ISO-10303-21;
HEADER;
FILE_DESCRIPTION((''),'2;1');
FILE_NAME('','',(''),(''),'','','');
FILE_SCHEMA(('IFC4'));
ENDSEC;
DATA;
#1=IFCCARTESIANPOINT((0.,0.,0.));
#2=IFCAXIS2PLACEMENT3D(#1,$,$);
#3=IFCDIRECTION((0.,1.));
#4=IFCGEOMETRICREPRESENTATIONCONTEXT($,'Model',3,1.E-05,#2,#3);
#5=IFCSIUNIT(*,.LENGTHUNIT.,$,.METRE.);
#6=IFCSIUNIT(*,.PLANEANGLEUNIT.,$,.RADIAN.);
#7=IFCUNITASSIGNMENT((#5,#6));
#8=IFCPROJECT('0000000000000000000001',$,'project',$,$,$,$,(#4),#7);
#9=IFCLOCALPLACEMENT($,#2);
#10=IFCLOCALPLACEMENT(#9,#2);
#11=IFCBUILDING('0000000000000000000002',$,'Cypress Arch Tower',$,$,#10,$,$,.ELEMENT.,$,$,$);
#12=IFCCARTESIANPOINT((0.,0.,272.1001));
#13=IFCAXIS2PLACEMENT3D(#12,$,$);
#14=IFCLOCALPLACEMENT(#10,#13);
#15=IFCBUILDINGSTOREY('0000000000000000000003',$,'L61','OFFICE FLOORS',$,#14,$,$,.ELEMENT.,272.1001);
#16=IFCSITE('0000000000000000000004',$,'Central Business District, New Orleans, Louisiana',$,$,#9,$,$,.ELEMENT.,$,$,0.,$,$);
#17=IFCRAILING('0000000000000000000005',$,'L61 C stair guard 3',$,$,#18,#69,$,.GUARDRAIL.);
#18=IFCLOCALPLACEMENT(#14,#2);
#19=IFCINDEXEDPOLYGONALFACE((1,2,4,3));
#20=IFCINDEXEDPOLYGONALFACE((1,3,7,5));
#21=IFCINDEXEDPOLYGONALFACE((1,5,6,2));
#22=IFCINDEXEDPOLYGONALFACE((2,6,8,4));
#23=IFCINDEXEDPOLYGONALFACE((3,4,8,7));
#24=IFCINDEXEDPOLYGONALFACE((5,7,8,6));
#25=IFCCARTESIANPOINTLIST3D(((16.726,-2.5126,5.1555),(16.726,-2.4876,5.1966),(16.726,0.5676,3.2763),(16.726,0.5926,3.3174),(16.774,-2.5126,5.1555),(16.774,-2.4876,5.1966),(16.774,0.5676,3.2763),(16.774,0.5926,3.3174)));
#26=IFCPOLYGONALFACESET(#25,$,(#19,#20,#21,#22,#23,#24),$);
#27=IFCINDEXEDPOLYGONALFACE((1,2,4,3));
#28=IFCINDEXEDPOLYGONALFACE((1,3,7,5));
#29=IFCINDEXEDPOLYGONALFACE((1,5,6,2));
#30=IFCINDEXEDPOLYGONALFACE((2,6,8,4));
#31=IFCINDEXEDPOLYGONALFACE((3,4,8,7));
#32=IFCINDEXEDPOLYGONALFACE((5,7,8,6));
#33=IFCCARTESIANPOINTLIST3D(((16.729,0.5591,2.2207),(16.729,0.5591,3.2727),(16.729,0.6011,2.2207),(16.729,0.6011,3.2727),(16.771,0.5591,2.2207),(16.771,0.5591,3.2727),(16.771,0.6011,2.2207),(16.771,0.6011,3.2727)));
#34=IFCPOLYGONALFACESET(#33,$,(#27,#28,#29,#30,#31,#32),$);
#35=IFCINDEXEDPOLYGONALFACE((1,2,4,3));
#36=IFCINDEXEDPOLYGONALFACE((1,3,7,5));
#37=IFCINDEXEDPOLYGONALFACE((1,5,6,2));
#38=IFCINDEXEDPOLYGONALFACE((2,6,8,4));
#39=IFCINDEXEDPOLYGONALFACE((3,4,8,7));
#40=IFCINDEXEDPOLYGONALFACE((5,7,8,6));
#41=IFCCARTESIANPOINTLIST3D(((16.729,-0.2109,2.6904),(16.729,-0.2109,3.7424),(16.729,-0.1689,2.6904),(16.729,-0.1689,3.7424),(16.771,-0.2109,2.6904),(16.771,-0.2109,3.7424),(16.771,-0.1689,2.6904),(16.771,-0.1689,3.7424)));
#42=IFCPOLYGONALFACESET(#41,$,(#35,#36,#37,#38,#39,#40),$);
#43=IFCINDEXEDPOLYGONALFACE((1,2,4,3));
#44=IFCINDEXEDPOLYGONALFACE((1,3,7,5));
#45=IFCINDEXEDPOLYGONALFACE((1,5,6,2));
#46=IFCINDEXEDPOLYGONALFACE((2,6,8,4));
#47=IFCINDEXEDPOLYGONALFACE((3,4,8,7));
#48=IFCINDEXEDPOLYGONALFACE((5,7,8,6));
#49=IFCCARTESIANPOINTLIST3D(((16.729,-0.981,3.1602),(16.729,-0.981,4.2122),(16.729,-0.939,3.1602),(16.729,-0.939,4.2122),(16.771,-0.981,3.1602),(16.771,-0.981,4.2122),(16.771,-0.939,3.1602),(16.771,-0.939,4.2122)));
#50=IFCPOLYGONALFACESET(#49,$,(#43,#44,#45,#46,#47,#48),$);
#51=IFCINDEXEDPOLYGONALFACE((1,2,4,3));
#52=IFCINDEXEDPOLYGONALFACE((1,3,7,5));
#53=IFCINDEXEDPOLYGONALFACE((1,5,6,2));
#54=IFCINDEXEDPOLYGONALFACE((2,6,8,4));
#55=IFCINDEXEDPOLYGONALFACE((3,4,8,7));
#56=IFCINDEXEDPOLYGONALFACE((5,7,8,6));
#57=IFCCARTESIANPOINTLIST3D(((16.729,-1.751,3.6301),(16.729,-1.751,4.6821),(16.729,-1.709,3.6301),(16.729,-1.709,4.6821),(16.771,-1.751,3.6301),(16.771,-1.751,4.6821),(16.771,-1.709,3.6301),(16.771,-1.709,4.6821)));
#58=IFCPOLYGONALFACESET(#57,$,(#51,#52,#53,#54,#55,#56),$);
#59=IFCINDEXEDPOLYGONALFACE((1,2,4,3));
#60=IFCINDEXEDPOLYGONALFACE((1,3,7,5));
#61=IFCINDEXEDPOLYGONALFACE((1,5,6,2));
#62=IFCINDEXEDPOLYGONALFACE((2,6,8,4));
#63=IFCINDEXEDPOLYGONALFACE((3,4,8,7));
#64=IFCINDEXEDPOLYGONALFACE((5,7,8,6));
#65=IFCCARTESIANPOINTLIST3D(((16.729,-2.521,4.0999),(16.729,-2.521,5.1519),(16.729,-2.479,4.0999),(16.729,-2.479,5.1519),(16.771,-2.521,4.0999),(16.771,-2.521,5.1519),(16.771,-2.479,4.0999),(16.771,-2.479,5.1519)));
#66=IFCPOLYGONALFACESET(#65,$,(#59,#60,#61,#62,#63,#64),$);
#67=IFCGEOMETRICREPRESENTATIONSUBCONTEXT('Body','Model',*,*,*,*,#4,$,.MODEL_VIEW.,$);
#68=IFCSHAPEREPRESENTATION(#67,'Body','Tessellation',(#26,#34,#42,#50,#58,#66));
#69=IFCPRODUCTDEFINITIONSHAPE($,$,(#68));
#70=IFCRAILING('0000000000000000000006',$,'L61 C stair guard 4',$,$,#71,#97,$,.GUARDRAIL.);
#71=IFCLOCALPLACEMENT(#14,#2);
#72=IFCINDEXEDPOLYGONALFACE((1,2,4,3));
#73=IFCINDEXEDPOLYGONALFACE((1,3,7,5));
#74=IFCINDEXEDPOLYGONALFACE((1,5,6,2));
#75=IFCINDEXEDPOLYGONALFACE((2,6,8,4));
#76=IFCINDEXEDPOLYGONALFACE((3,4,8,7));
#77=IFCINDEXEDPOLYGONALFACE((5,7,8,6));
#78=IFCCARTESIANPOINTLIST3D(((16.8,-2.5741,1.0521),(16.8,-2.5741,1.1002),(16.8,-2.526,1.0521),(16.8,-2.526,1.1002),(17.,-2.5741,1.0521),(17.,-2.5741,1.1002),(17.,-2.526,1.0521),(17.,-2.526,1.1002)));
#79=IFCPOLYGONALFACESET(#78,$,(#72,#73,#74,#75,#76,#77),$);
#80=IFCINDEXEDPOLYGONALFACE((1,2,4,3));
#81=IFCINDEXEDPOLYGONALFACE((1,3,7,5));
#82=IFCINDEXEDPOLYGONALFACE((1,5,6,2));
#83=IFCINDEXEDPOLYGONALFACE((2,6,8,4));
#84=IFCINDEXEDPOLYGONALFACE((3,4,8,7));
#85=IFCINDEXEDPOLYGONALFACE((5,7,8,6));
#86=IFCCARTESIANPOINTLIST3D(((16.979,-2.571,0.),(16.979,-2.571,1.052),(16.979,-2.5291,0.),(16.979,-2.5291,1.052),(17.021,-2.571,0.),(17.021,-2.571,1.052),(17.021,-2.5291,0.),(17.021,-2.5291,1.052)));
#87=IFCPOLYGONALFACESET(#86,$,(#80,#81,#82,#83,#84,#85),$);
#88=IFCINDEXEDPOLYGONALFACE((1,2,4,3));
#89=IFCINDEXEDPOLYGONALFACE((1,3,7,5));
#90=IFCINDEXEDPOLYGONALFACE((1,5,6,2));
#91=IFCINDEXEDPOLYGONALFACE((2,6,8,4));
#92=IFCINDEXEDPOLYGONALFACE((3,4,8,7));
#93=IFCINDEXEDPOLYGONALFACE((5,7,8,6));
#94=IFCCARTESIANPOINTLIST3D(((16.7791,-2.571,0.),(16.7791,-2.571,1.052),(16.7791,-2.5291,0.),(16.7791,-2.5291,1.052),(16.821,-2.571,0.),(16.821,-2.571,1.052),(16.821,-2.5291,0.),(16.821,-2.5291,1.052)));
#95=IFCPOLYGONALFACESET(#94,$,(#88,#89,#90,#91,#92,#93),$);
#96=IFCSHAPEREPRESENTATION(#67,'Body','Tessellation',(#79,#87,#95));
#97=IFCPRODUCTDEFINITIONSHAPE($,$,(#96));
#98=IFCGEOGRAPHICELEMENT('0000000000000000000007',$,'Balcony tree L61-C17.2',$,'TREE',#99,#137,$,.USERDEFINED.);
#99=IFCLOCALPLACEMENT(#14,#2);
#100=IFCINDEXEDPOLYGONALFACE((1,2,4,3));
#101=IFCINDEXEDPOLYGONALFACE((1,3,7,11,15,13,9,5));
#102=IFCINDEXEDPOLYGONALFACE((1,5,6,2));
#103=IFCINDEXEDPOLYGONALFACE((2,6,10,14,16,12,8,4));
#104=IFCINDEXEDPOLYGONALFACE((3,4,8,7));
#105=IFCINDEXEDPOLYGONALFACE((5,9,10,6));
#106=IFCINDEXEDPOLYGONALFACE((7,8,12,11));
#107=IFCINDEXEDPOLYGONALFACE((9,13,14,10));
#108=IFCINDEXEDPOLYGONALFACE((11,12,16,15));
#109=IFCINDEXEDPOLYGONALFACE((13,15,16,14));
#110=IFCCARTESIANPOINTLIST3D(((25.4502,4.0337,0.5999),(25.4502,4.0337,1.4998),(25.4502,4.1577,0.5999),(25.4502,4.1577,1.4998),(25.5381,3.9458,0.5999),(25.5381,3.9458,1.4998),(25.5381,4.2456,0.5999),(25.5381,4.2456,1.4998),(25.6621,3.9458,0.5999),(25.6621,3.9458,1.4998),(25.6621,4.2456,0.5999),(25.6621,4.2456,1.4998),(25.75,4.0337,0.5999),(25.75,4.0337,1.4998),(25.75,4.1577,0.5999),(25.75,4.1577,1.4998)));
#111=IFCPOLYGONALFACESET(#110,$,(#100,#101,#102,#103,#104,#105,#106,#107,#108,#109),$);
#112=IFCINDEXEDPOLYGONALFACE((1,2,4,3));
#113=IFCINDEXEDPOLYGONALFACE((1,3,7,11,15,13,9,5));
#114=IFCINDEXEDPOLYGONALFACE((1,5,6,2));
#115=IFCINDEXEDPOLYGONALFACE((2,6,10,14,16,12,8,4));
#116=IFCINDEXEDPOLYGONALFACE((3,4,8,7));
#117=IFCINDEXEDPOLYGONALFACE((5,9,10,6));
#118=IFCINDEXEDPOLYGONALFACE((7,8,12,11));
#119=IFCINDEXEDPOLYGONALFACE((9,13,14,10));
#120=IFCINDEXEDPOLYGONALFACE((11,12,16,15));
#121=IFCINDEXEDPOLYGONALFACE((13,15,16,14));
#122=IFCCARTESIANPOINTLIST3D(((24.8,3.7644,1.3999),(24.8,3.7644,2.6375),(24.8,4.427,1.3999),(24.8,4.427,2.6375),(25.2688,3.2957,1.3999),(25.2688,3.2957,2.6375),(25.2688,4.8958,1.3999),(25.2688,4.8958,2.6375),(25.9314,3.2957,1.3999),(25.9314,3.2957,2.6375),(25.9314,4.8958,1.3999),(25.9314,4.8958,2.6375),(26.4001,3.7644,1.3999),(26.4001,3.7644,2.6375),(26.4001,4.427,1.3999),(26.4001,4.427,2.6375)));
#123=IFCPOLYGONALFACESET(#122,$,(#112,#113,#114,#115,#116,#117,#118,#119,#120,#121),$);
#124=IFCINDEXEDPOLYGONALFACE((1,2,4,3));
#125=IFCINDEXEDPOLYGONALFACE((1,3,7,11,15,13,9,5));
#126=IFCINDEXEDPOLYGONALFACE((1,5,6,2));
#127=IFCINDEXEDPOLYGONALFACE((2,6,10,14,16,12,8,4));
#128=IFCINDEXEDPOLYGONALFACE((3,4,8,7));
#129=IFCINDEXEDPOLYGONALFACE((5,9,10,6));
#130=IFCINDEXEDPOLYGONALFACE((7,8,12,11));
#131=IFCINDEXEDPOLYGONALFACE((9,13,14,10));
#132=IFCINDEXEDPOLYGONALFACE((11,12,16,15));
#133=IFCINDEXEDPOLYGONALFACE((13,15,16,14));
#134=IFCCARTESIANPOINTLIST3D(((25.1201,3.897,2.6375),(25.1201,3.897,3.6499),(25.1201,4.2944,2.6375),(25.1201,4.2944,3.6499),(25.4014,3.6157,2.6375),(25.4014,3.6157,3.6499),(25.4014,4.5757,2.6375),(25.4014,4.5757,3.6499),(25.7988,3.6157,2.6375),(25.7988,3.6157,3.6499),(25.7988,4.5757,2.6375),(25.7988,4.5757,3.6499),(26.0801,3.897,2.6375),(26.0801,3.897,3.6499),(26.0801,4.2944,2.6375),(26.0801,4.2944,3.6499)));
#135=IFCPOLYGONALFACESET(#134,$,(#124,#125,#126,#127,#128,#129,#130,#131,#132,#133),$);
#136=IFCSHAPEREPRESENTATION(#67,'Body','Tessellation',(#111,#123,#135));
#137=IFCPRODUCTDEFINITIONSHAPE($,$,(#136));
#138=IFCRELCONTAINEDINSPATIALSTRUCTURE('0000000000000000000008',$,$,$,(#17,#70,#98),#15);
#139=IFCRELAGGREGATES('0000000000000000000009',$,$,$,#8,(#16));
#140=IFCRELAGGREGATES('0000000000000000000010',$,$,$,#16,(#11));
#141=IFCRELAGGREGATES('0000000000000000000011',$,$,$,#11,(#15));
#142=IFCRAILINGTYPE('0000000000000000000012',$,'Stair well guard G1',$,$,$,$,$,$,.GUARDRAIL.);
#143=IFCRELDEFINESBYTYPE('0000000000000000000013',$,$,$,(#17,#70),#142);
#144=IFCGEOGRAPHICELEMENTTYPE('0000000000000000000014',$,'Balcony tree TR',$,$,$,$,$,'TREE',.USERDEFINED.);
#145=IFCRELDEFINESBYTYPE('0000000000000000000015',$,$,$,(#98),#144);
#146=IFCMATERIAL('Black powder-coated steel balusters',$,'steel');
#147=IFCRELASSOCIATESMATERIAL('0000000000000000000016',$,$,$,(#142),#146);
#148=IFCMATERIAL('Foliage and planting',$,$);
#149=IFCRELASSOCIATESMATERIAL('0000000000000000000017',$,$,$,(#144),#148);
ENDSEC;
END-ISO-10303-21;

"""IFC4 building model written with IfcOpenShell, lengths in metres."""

from ifc_helpers import new_model, si_unit, direction, frame, origin, origin_2d, place, context, subcontext, project, spatial, polyline, rectangle, outline, extrude, material, type_object, element, save


model = new_model("IFC4")

# Units and contexts
model_context = context("Model", 3, precision=1e-05, world=origin(), true_north=direction((0.0, 1.0)))
body_context = subcontext(model_context, "Body", "Model", "MODEL_VIEW")
ifc_project = project(units=[si_unit("LENGTHUNIT", "METRE"), si_unit("PLANEANGLEUNIT", "RADIAN")], contexts=[model_context])

# Site, building, storey
site_placement = place(None, origin())
site = spatial("IfcSite", under=ifc_project, at=site_placement, Name="Central Business District, New Orleans, Louisiana", CompositionType="ELEMENT", RefElevation=0.0)
building_placement = place(site_placement, origin())
building = spatial("IfcBuilding", under=site, at=building_placement, Name="Cypress Arch Tower", CompositionType="ELEMENT")
storey_placement = place(building_placement, frame((0.0, 0.0, 272.1001)))
storey = spatial("IfcBuildingStorey", under=building, at=storey_placement, Name="L61", Description="OFFICE FLOORS", CompositionType="ELEMENT", Elevation=272.1001)

# Railings
ifc_material_1 = material(Name="Black powder-coated steel balusters", Category="steel")
railing_type_1 = type_object("IfcRailingType", Name="Stair well guard G1", PredefinedType="GUARDRAIL", material=ifc_material_1)
railing_1_placement = place(storey_placement, frame((16.75, 0.5801, 2.2207)))
element("IfcRailing", 1, at=railing_1_placement, inside=storey, type_object=railing_type_1, Name="L61 C stair guard 3", PredefinedType="GUARDRAIL", context=body_context, shape_type="SweptSolid", body=[
    extrude(rectangle(XDim=0.0481, YDim=0.0481, at=origin_2d()), frame((0.0, 0.0, 1.0762), z_axis=(0.0, -0.853666, 0.52082), x_axis=(1.0, 0.0, 0.0)), (0.0, 0.0, 1.0), 3.6082),
    extrude(rectangle(XDim=0.042, YDim=0.042, at=origin_2d()), origin(), (0.0, 0.0, 1.0), 1.052),
    extrude(rectangle(XDim=0.042, YDim=0.042, at=origin_2d()), frame((0.0, -0.77, 0.4697)), (0.0, 0.0, 1.0), 1.052),
    extrude(rectangle(XDim=0.042, YDim=0.042, at=origin_2d()), frame((0.0, -1.54, 0.9395)), (0.0, 0.0, 1.0), 1.052),
    extrude(rectangle(XDim=0.042, YDim=0.042, at=origin_2d()), frame((0.0, -2.3101, 1.4094)), (0.0, 0.0, 1.0), 1.052),
    extrude(rectangle(XDim=0.042, YDim=0.042, at=origin_2d()), frame((0.0, -3.0801, 1.8792)), (0.0, 0.0, 1.0), 1.052),
])
railing_2_placement = place(storey_placement, frame((17.0, -2.55, 0.0)))
element("IfcRailing", 2, at=railing_2_placement, inside=storey, type_object=railing_type_1, Name="L61 C stair guard 4", PredefinedType="GUARDRAIL", context=body_context, shape_type="SweptSolid", body=[
    extrude(rectangle(XDim=0.0481, YDim=0.0481, at=origin_2d()), frame((0.0, 0.0, 1.0762), z_axis=(-1.0, 0.0, 0.0), x_axis=(0.0, -1.0, 0.0)), (0.0, 0.0, 1.0), 0.2),
    extrude(rectangle(XDim=0.042, YDim=0.042, at=origin_2d()), origin(), (0.0, 0.0, 1.0), 1.052),
    extrude(rectangle(XDim=0.042, YDim=0.042, at=origin_2d()), frame((-0.2, 0.0, 0.0)), (0.0, 0.0, 1.0), 1.052),
])

# Geographic element
ifc_material_2 = material(Name="Foliage and planting")
geographic_element_type = type_object("IfcGeographicElementType", Name="Balcony tree TR", ElementType="TREE", PredefinedType="USERDEFINED", material=ifc_material_2)
geographic_element_placement = place(storey_placement, frame((25.6001, 4.0957, 0.5999), z_axis=(0.0, 0.0, 1.0), x_axis=(1.0, 0.0, 0.0)))
element("IfcGeographicElement", 3, at=geographic_element_placement, inside=storey, type_object=geographic_element_type, Name="Balcony tree L61-C17.2", ObjectType="TREE", PredefinedType="USERDEFINED", context=body_context, shape_type="SweptSolid", body=[
    extrude(outline(polyline([(0.1499, 0.062), (0.062, 0.1499), (-0.062, 0.1499), (-0.1499, 0.062), (-0.1499, -0.062), (-0.062, -0.1499), (0.062, -0.1499), (0.1499, -0.062), (0.1499, 0.062)])), origin(), (0.0, 0.0, 1.0), 0.8999),
    extrude(outline(polyline([(0.8, 0.3313), (0.3313, 0.8), (-0.3313, 0.8), (-0.8, 0.3313), (-0.8, -0.3313), (-0.3313, -0.8), (0.3313, -0.8), (0.8, -0.3313), (0.8, 0.3313)])), frame((0.0, 0.0, 0.8)), (0.0, 0.0, 1.0), 1.2375),
    extrude(outline(polyline([(0.48, 0.1987), (0.1987, 0.48), (-0.1987, 0.48), (-0.48, 0.1987), (-0.48, -0.1987), (-0.1987, -0.48), (0.1987, -0.48), (0.48, -0.1987), (0.48, 0.1987)])), frame((0.0, 0.0, 2.0376)), (0.0, 0.0, 1.0), 1.0125),
])

save(model, "model.ifc")
